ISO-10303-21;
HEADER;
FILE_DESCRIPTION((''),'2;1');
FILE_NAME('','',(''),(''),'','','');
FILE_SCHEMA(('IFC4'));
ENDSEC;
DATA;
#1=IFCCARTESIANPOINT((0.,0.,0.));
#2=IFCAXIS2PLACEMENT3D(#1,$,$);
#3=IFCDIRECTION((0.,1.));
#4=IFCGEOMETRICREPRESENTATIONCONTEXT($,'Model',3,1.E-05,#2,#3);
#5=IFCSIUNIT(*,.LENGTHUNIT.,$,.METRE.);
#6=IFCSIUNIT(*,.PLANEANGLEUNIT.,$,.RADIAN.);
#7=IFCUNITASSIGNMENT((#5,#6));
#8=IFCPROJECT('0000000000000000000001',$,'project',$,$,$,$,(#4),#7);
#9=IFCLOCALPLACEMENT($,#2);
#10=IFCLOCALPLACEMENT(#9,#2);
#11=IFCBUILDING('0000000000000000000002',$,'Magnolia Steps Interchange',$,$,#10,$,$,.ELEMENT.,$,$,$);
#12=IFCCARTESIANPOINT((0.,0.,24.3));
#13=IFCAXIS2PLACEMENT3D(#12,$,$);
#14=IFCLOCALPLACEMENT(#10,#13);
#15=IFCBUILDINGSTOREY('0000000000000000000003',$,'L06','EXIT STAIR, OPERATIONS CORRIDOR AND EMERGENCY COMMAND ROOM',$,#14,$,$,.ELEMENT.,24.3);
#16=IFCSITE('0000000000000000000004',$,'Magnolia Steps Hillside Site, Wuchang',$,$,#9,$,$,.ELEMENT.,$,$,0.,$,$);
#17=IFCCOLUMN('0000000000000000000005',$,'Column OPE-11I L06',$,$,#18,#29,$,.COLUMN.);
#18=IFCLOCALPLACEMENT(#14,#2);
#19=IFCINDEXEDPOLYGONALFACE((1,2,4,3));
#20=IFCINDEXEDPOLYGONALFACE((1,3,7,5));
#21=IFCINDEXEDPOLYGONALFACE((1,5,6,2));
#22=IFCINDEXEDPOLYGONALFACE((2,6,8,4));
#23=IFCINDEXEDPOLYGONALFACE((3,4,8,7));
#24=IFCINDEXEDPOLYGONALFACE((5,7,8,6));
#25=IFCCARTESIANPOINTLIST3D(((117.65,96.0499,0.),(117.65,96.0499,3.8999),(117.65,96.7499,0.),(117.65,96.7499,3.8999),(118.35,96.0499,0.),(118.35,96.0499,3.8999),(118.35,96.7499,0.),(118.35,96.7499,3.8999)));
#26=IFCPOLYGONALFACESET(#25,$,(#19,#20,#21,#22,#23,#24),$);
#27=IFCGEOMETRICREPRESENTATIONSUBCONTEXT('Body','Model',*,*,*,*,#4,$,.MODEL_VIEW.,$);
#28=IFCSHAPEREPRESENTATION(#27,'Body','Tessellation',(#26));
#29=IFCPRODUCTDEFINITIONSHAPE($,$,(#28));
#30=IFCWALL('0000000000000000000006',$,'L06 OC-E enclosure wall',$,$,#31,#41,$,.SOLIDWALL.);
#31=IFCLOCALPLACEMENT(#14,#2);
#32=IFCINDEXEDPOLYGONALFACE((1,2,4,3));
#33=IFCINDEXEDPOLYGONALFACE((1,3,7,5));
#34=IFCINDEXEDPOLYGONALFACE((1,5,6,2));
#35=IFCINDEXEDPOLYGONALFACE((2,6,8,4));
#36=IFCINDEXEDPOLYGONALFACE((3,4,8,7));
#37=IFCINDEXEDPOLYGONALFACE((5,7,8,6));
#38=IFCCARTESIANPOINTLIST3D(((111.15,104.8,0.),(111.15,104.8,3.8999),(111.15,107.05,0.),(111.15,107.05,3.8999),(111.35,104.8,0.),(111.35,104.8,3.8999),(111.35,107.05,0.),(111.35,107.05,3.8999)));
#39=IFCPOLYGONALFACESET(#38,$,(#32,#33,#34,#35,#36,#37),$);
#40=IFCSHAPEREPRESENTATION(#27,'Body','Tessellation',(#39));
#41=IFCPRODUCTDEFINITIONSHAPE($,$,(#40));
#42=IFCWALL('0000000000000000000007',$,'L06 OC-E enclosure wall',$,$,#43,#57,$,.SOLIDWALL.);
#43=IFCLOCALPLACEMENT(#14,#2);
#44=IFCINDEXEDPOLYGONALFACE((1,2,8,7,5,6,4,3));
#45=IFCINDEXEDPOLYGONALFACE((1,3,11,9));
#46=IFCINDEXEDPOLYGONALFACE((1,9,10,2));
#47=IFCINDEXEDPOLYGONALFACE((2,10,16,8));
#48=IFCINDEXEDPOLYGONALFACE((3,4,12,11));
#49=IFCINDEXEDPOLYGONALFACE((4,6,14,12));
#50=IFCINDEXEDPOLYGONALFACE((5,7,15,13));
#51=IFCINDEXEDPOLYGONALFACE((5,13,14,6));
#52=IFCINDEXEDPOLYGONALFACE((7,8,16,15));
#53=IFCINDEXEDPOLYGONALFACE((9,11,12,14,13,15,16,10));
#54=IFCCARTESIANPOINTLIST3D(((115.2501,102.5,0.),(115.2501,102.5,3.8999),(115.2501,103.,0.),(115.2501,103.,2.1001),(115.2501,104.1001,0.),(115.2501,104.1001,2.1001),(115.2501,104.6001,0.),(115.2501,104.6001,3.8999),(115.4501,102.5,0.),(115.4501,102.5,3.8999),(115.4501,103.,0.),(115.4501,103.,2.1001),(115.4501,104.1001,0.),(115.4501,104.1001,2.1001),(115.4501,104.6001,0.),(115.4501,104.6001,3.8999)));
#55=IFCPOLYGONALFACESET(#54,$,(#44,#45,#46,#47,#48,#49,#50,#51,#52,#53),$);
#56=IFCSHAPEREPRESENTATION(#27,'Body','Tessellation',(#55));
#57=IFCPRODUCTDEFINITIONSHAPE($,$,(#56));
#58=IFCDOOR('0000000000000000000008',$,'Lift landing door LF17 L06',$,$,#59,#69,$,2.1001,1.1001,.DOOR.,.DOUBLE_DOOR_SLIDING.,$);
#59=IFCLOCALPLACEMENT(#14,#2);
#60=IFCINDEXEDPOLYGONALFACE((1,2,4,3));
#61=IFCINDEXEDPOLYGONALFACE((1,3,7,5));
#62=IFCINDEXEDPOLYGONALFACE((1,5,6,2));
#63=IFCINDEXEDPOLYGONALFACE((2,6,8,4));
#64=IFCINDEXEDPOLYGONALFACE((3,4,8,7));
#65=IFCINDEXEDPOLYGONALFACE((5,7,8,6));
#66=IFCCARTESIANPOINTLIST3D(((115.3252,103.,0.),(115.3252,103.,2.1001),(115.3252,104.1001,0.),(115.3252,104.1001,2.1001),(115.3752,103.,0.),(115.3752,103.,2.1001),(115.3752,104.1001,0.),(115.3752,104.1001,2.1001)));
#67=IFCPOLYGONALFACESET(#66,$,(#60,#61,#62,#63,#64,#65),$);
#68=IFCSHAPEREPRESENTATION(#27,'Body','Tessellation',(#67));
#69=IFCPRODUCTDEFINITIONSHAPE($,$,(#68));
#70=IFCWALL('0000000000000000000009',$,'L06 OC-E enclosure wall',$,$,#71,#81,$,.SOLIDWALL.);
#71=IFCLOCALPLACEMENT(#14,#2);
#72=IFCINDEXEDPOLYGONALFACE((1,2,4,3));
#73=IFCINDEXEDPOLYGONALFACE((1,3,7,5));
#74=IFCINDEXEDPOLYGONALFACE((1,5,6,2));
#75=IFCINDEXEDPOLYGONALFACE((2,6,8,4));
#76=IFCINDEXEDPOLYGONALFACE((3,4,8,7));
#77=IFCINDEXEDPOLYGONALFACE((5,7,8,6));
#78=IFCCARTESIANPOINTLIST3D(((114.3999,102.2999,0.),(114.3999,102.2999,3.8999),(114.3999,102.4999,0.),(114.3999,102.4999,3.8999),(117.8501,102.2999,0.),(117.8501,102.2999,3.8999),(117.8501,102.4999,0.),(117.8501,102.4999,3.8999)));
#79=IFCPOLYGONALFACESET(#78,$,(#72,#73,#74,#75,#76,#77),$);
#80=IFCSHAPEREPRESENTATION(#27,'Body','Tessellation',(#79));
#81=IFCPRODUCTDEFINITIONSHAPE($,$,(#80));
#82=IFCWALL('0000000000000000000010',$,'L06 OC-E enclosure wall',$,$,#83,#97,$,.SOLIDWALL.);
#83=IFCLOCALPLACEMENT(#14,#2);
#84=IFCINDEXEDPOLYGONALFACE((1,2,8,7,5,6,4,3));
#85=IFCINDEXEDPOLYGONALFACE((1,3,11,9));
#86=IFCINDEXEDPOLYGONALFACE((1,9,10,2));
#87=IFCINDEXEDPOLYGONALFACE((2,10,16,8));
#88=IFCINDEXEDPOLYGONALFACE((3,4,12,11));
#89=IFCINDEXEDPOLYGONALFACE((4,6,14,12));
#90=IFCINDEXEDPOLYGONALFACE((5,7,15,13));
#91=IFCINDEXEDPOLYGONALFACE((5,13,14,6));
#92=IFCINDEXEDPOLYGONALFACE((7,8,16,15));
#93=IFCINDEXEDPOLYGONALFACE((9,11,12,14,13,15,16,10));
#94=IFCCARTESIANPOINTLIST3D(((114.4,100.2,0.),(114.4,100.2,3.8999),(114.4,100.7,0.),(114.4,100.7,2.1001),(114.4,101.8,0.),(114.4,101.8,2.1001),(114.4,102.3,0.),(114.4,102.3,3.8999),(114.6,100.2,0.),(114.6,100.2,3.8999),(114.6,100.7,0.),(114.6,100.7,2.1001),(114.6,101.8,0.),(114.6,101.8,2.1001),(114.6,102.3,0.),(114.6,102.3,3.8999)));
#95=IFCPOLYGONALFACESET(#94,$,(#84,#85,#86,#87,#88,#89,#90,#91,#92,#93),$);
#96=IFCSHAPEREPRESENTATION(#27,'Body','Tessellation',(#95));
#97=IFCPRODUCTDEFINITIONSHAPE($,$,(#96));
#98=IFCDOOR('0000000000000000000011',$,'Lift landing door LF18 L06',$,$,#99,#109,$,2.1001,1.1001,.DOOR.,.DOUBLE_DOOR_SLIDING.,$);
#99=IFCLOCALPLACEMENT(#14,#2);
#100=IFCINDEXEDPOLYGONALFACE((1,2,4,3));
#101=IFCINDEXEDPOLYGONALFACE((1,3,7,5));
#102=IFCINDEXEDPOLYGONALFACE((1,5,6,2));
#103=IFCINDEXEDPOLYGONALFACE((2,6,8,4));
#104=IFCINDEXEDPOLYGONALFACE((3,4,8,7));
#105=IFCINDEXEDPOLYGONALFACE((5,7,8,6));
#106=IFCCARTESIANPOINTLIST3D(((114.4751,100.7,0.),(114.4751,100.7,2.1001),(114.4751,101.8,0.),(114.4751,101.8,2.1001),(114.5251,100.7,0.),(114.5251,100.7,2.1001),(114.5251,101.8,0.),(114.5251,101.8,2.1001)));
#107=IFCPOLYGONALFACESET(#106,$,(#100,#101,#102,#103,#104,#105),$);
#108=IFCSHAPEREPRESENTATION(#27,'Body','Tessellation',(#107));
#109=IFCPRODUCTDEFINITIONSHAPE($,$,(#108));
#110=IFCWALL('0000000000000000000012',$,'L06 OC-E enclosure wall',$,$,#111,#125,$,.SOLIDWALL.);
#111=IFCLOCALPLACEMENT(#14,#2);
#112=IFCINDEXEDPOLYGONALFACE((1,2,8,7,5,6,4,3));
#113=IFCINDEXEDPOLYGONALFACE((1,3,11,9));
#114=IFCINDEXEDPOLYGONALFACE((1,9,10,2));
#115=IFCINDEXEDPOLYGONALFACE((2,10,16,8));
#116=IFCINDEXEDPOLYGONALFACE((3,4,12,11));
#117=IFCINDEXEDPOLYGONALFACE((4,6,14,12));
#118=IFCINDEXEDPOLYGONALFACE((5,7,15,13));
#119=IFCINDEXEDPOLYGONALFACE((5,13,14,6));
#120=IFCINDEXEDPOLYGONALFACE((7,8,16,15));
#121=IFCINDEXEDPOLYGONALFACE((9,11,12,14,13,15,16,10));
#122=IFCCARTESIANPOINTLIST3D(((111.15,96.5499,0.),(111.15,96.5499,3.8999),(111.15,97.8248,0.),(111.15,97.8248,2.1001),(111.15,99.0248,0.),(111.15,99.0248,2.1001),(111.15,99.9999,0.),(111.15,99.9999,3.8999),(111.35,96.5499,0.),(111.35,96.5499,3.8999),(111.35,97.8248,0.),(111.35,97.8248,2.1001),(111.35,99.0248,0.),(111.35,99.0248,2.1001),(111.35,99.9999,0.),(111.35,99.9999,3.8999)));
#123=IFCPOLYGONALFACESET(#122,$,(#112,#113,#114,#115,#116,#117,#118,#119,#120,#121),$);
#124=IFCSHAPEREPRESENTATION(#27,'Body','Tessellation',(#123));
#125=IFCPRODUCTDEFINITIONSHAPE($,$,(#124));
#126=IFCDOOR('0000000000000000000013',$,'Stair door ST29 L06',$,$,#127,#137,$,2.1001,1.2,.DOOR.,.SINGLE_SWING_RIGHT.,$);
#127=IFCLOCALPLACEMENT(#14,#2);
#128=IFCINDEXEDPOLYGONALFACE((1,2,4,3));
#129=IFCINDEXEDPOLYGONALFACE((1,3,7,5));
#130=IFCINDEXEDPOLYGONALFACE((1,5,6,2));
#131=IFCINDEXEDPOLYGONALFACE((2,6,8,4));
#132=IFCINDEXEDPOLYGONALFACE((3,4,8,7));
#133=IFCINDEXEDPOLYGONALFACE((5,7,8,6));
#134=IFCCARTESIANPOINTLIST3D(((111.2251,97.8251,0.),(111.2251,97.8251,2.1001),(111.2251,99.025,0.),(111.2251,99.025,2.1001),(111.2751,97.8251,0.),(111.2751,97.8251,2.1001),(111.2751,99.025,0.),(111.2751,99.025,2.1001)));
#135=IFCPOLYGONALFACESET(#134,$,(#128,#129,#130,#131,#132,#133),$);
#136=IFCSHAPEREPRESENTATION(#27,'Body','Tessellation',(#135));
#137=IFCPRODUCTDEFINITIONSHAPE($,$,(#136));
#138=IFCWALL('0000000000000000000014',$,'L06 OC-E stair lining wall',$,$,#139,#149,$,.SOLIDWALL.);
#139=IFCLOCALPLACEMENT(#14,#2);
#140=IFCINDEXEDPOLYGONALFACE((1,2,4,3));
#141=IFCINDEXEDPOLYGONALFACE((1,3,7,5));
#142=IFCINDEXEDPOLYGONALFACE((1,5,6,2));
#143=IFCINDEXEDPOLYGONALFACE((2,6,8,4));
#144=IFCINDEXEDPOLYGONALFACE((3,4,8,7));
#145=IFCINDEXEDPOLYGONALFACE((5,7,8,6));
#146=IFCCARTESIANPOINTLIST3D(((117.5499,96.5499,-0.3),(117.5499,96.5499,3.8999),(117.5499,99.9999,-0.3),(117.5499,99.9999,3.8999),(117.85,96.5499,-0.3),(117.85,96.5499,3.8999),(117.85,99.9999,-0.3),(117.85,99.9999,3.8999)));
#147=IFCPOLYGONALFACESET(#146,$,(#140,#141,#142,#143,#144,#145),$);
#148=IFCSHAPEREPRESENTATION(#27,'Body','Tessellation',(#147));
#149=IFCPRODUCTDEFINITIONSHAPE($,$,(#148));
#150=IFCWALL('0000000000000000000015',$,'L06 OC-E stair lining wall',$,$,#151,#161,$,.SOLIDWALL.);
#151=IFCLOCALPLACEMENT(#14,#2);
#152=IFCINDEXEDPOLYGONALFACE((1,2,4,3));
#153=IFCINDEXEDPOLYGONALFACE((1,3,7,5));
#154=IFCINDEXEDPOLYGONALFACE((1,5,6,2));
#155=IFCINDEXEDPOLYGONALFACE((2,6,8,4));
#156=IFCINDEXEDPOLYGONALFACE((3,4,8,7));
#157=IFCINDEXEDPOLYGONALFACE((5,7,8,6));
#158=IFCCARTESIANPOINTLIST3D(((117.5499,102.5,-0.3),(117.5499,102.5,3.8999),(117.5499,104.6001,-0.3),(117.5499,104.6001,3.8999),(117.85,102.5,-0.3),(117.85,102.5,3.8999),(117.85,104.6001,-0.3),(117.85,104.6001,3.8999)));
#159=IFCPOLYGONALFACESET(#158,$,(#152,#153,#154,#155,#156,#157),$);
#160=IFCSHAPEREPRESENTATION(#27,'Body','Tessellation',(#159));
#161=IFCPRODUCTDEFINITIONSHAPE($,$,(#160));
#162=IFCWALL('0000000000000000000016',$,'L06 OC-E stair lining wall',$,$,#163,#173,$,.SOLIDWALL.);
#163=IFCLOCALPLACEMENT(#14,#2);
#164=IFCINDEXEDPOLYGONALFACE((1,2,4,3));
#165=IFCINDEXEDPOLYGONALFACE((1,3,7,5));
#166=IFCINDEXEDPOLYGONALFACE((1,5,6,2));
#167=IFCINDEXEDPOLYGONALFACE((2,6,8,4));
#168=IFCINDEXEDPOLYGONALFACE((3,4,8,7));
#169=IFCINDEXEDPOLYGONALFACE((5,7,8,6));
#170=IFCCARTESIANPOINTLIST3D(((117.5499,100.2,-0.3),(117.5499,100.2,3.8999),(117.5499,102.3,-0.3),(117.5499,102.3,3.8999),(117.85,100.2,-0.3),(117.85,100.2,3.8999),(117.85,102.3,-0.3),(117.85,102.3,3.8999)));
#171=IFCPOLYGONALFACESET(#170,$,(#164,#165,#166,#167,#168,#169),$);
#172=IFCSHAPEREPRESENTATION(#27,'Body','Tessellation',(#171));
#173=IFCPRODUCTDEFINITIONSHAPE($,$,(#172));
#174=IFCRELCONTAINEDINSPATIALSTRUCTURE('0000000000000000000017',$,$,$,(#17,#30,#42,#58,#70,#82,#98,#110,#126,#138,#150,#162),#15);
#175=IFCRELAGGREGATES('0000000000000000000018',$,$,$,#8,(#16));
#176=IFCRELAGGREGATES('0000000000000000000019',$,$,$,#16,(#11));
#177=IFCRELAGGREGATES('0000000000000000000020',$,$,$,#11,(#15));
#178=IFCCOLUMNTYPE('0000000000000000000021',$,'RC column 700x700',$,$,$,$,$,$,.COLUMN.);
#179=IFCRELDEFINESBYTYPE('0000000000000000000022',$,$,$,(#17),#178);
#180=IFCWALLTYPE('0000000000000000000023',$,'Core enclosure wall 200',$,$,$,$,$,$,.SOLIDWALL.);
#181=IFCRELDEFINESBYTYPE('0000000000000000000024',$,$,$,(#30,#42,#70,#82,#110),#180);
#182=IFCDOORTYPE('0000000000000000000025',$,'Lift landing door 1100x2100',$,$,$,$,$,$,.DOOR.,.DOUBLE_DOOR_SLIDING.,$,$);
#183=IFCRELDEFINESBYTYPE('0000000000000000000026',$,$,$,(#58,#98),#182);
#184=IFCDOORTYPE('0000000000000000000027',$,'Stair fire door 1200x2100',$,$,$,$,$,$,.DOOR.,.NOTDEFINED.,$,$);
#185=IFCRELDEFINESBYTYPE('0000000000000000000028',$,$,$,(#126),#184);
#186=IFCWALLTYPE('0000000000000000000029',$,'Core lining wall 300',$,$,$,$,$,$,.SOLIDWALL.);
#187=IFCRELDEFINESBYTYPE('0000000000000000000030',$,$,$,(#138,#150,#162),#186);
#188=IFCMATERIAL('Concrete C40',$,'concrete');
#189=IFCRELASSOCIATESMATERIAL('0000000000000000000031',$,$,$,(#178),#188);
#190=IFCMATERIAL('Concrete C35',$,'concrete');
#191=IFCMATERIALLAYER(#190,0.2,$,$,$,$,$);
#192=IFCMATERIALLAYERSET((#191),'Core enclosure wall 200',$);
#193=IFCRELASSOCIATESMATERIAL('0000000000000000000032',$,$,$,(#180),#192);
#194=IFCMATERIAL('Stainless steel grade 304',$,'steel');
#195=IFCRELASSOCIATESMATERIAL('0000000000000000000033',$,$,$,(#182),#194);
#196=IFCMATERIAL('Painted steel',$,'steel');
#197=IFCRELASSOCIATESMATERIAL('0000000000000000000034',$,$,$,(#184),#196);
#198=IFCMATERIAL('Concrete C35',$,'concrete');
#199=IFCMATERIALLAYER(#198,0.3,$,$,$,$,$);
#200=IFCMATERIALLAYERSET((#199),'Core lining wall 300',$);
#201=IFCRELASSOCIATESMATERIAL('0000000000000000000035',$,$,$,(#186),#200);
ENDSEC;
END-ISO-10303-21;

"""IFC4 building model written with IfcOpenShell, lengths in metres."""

from ifc_helpers import new_model, si_unit, direction, frame, frame_2d, origin, origin_2d, place, context, subcontext, project, spatial, rectangle, extrude, material, layer, layer_set, material_profile, profile_set, type_object, element, fill, save


model = new_model("IFC4")

# Units and contexts
model_context = context("Model", 3, precision=1e-05, world=origin(), true_north=direction((0.0, 1.0)))
body_context = subcontext(model_context, "Body", "Model", "MODEL_VIEW")
ifc_project = project(units=[si_unit("LENGTHUNIT", "METRE"), si_unit("PLANEANGLEUNIT", "RADIAN")], contexts=[model_context])

# Site, building, storey
site_placement = place(None, origin())
site = spatial("IfcSite", under=ifc_project, at=site_placement, Name="Magnolia Steps Hillside Site, Wuchang", CompositionType="ELEMENT", RefElevation=0.0)
building_placement = place(site_placement, origin())
building = spatial("IfcBuilding", under=site, at=building_placement, Name="Magnolia Steps Interchange", CompositionType="ELEMENT")
storey_placement = place(building_placement, frame((0.0, 0.0, 24.3)))
storey = spatial("IfcBuildingStorey", under=building, at=storey_placement, Name="L06", Description="EXIT STAIR, OPERATIONS CORRIDOR AND EMERGENCY COMMAND ROOM", CompositionType="ELEMENT", Elevation=24.3)

# Column
ifc_material_1 = material(Name="Concrete C40", Category="concrete")
ifc_material_profile = material_profile(ifc_material_1, rectangle(XDim=0.7, YDim=0.7, at=origin_2d()), Name="RC700x700")
ifc_profile_set = profile_set([ifc_material_profile], Name="Concrete C40")
column_type = type_object("IfcColumnType", Name="RC column 700x700", PredefinedType="COLUMN", material=ifc_profile_set)
column_placement = place(storey_placement, frame((118.0, 96.3999, 0.0), z_axis=(0.0, 0.0, 1.0), x_axis=(1.0, 0.0, 0.0)))
element("IfcColumn", 1, at=column_placement, inside=storey, type_object=column_type, Name="Column OPE-11I L06", PredefinedType="COLUMN", context=body_context, shape_type="SweptSolid", body=[
    extrude(rectangle(XDim=0.7, YDim=0.7, at=origin_2d()), origin(), (0.0, 0.0, 1.0), 3.8999),
])

# Wall
ifc_material_2 = material(Name="Concrete C35", Category="concrete")
ifc_layer_1 = layer(ifc_material_2, 0.2)
ifc_layer_set_1 = layer_set([ifc_layer_1], Name="Core enclosure wall 200")
wall_type_1 = type_object("IfcWallType", Name="Core enclosure wall 200", PredefinedType="SOLIDWALL", material=ifc_layer_set_1)
wall_1_placement = place(storey_placement, frame((111.25, 107.05, 0.0), z_axis=(0.0, 0.0, 1.0), x_axis=(0.0, -1.0, 0.0)))
element("IfcWall", 2, at=wall_1_placement, inside=storey, type_object=wall_type_1, Name="L06 OC-E enclosure wall", PredefinedType="SOLIDWALL", context=body_context, shape_type="SweptSolid", body=[
    extrude(rectangle(XDim=2.25, YDim=0.2, at=frame_2d((1.125, 0.0))), origin(), (0.0, 0.0, 1.0), 3.8999),
])

# Wall, opening, door
wall_2_placement = place(storey_placement, frame((115.3501, 104.6001, 0.0), z_axis=(0.0, 0.0, 1.0), x_axis=(0.0, -1.0, 0.0)))
wall_2 = element("IfcWall", 3, at=wall_2_placement, inside=storey, type_object=wall_type_1, Name="L06 OC-E enclosure wall", PredefinedType="SOLIDWALL", context=body_context, shape_type="SweptSolid", body=[
    extrude(rectangle(XDim=2.1001, YDim=0.2, at=frame_2d((1.05, 0.0))), origin(), (0.0, 0.0, 1.0), 3.8999),
])
opening_1_placement = place(wall_2_placement, frame((0.5, 0.0, 0.0)))
opening_1 = element("IfcOpeningElement", 4, at=opening_1_placement, cuts=wall_2, PredefinedType="OPENING", context=body_context, shape_type="SweptSolid", body=[
    extrude(rectangle(XDim=1.1001, YDim=2.1001, at=frame_2d((0.55, 1.05))), frame((0.0, 0.1099, 0.0), z_axis=(0.0, -1.0, 0.0), x_axis=(1.0, 0.0, 0.0)), (0.0, 0.0, 1.0), 0.22),
])
ifc_material_3 = material(Name="Stainless steel grade 304", Category="steel")
door_type_1 = type_object("IfcDoorType", Name="Lift landing door 1100x2100", OperationType="DOUBLE_DOOR_SLIDING", PredefinedType="DOOR", material=ifc_material_3)
door_1_placement = place(opening_1_placement, frame((1.1001, 0.0, 0.0), z_axis=(0.0, 0.0, 1.0), x_axis=(-1.0, 0.0, 0.0)))
door_1 = element("IfcDoor", 5, at=door_1_placement, inside=storey, type_object=door_type_1, Name="Lift landing door LF17 L06", OperationType="DOUBLE_DOOR_SLIDING", OverallHeight=2.1001, OverallWidth=1.1001, PredefinedType="DOOR", context=body_context, shape_type="SweptSolid", body=[
    extrude(rectangle(XDim=1.1001, YDim=2.1001, at=frame_2d((0.55, 1.05))), frame((0.0, 0.0249, 0.0), z_axis=(0.0, -1.0, 0.0), x_axis=(1.0, 0.0, 0.0)), (0.0, 0.0, 1.0), 0.05),
])
fill(opening_1, door_1)

# Wall
wall_3_placement = place(storey_placement, frame((114.3999, 102.3999, 0.0), z_axis=(0.0, 0.0, 1.0), x_axis=(1.0, 0.0, 0.0)))
element("IfcWall", 6, at=wall_3_placement, inside=storey, type_object=wall_type_1, Name="L06 OC-E enclosure wall", PredefinedType="SOLIDWALL", context=body_context, shape_type="SweptSolid", body=[
    extrude(rectangle(XDim=3.4502, YDim=0.2, at=frame_2d((1.7251, 0.0))), origin(), (0.0, 0.0, 1.0), 3.8999),
])

# Walls, openings, doors
wall_4_placement = place(storey_placement, frame((114.5, 102.3, 0.0), z_axis=(0.0, 0.0, 1.0), x_axis=(0.0, -1.0, 0.0)))
wall_4 = element("IfcWall", 7, at=wall_4_placement, inside=storey, type_object=wall_type_1, Name="L06 OC-E enclosure wall", PredefinedType="SOLIDWALL", context=body_context, shape_type="SweptSolid", body=[
    extrude(rectangle(XDim=2.1001, YDim=0.2, at=frame_2d((1.05, 0.0))), origin(), (0.0, 0.0, 1.0), 3.8999),
])
opening_2_placement = place(wall_4_placement, frame((0.5, 0.0, 0.0)))
opening_2 = element("IfcOpeningElement", 8, at=opening_2_placement, cuts=wall_4, PredefinedType="OPENING", context=body_context, shape_type="SweptSolid", body=[
    extrude(rectangle(XDim=1.1001, YDim=2.1001, at=frame_2d((0.55, 1.05))), frame((0.0, 0.1099, 0.0), z_axis=(0.0, -1.0, 0.0), x_axis=(1.0, 0.0, 0.0)), (0.0, 0.0, 1.0), 0.22),
])
door_2_placement = place(opening_2_placement, frame((1.1001, 0.0, 0.0), z_axis=(0.0, 0.0, 1.0), x_axis=(-1.0, 0.0, 0.0)))
door_2 = element("IfcDoor", 9, at=door_2_placement, inside=storey, type_object=door_type_1, Name="Lift landing door LF18 L06", OperationType="DOUBLE_DOOR_SLIDING", OverallHeight=2.1001, OverallWidth=1.1001, PredefinedType="DOOR", context=body_context, shape_type="SweptSolid", body=[
    extrude(rectangle(XDim=1.1001, YDim=2.1001, at=frame_2d((0.55, 1.05))), frame((0.0, 0.0249, 0.0), z_axis=(0.0, -1.0, 0.0), x_axis=(1.0, 0.0, 0.0)), (0.0, 0.0, 1.0), 0.05),
])
fill(opening_2, door_2)
wall_5_placement = place(storey_placement, frame((111.25, 100.0, 0.0), z_axis=(0.0, 0.0, 1.0), x_axis=(0.0, -1.0, 0.0)))
wall_5 = element("IfcWall", 10, at=wall_5_placement, inside=storey, type_object=wall_type_1, Name="L06 OC-E enclosure wall", PredefinedType="SOLIDWALL", context=body_context, shape_type="SweptSolid", body=[
    extrude(rectangle(XDim=3.45, YDim=0.2, at=frame_2d((1.7251, 0.0))), origin(), (0.0, 0.0, 1.0), 3.8999),
])
opening_3_placement = place(wall_5_placement, frame((0.9751, 0.0, 0.0)))
opening_3 = element("IfcOpeningElement", 11, at=opening_3_placement, cuts=wall_5, PredefinedType="OPENING", context=body_context, shape_type="SweptSolid", body=[
    extrude(rectangle(XDim=1.2, YDim=2.1001, at=frame_2d((0.6001, 1.05))), frame((0.0, 0.1099, 0.0), z_axis=(0.0, -1.0, 0.0), x_axis=(1.0, 0.0, 0.0)), (0.0, 0.0, 1.0), 0.22),
])
ifc_material_4 = material(Name="Painted steel", Category="steel")
door_type_2 = type_object("IfcDoorType", Name="Stair fire door 1200x2100", OperationType="NOTDEFINED", PredefinedType="DOOR", material=ifc_material_4)
door_3_placement = place(opening_3_placement, frame((1.2, 0.0, 0.0), z_axis=(0.0, 0.0, 1.0), x_axis=(-1.0, 0.0, 0.0)))
door_3 = element("IfcDoor", 12, at=door_3_placement, inside=storey, type_object=door_type_2, Name="Stair door ST29 L06", OperationType="SINGLE_SWING_RIGHT", OverallHeight=2.1001, OverallWidth=1.2, PredefinedType="DOOR", context=body_context, shape_type="SweptSolid", body=[
    extrude(rectangle(XDim=1.2, YDim=2.1001, at=frame_2d((0.6001, 1.05))), frame((0.0, 0.0249, 0.0), z_axis=(0.0, -1.0, 0.0), x_axis=(1.0, 0.0, 0.0)), (0.0, 0.0, 1.0), 0.05),
])
fill(opening_3, door_3)

# Walls
ifc_material_5 = material(Name="Concrete C35", Category="concrete")
ifc_layer_2 = layer(ifc_material_5, 0.3)
ifc_layer_set_2 = layer_set([ifc_layer_2], Name="Core lining wall 300")
wall_type_2 = type_object("IfcWallType", Name="Core lining wall 300", PredefinedType="SOLIDWALL", material=ifc_layer_set_2)
wall_6_placement = place(storey_placement, frame((117.7, 100.0, -0.3), z_axis=(0.0, 0.0, 1.0), x_axis=(0.0, -1.0, 0.0)))
element("IfcWall", 13, at=wall_6_placement, inside=storey, type_object=wall_type_2, Name="L06 OC-E stair lining wall", PredefinedType="SOLIDWALL", context=body_context, shape_type="SweptSolid", body=[
    extrude(rectangle(XDim=3.45, YDim=0.3, at=frame_2d((1.7251, 0.0))), origin(), (0.0, 0.0, 1.0), 4.2),
])
for number, where, z_axis, x_axis, name in (
    (14, (117.7, 104.6001, -0.3), (0.0, 0.0, 1.0), (0.0, -1.0, 0.0), "L06 OC-E stair lining wall"),
    (15, (117.7, 102.3, -0.3), (0.0, 0.0, 1.0), (0.0, -1.0, 0.0), "L06 OC-E stair lining wall"),
):
    element("IfcWall", number, at=place(storey_placement, frame(where, z_axis=z_axis, x_axis=x_axis)), inside=storey, type_object=wall_type_2, Name=name, PredefinedType="SOLIDWALL", context=body_context, shape_type="SweptSolid", body=[
        extrude(rectangle(XDim=2.1001, YDim=0.3, at=frame_2d((1.05, 0.0))), origin(), (0.0, 0.0, 1.0), 4.2),
    ])

save(model, "model.ifc")
